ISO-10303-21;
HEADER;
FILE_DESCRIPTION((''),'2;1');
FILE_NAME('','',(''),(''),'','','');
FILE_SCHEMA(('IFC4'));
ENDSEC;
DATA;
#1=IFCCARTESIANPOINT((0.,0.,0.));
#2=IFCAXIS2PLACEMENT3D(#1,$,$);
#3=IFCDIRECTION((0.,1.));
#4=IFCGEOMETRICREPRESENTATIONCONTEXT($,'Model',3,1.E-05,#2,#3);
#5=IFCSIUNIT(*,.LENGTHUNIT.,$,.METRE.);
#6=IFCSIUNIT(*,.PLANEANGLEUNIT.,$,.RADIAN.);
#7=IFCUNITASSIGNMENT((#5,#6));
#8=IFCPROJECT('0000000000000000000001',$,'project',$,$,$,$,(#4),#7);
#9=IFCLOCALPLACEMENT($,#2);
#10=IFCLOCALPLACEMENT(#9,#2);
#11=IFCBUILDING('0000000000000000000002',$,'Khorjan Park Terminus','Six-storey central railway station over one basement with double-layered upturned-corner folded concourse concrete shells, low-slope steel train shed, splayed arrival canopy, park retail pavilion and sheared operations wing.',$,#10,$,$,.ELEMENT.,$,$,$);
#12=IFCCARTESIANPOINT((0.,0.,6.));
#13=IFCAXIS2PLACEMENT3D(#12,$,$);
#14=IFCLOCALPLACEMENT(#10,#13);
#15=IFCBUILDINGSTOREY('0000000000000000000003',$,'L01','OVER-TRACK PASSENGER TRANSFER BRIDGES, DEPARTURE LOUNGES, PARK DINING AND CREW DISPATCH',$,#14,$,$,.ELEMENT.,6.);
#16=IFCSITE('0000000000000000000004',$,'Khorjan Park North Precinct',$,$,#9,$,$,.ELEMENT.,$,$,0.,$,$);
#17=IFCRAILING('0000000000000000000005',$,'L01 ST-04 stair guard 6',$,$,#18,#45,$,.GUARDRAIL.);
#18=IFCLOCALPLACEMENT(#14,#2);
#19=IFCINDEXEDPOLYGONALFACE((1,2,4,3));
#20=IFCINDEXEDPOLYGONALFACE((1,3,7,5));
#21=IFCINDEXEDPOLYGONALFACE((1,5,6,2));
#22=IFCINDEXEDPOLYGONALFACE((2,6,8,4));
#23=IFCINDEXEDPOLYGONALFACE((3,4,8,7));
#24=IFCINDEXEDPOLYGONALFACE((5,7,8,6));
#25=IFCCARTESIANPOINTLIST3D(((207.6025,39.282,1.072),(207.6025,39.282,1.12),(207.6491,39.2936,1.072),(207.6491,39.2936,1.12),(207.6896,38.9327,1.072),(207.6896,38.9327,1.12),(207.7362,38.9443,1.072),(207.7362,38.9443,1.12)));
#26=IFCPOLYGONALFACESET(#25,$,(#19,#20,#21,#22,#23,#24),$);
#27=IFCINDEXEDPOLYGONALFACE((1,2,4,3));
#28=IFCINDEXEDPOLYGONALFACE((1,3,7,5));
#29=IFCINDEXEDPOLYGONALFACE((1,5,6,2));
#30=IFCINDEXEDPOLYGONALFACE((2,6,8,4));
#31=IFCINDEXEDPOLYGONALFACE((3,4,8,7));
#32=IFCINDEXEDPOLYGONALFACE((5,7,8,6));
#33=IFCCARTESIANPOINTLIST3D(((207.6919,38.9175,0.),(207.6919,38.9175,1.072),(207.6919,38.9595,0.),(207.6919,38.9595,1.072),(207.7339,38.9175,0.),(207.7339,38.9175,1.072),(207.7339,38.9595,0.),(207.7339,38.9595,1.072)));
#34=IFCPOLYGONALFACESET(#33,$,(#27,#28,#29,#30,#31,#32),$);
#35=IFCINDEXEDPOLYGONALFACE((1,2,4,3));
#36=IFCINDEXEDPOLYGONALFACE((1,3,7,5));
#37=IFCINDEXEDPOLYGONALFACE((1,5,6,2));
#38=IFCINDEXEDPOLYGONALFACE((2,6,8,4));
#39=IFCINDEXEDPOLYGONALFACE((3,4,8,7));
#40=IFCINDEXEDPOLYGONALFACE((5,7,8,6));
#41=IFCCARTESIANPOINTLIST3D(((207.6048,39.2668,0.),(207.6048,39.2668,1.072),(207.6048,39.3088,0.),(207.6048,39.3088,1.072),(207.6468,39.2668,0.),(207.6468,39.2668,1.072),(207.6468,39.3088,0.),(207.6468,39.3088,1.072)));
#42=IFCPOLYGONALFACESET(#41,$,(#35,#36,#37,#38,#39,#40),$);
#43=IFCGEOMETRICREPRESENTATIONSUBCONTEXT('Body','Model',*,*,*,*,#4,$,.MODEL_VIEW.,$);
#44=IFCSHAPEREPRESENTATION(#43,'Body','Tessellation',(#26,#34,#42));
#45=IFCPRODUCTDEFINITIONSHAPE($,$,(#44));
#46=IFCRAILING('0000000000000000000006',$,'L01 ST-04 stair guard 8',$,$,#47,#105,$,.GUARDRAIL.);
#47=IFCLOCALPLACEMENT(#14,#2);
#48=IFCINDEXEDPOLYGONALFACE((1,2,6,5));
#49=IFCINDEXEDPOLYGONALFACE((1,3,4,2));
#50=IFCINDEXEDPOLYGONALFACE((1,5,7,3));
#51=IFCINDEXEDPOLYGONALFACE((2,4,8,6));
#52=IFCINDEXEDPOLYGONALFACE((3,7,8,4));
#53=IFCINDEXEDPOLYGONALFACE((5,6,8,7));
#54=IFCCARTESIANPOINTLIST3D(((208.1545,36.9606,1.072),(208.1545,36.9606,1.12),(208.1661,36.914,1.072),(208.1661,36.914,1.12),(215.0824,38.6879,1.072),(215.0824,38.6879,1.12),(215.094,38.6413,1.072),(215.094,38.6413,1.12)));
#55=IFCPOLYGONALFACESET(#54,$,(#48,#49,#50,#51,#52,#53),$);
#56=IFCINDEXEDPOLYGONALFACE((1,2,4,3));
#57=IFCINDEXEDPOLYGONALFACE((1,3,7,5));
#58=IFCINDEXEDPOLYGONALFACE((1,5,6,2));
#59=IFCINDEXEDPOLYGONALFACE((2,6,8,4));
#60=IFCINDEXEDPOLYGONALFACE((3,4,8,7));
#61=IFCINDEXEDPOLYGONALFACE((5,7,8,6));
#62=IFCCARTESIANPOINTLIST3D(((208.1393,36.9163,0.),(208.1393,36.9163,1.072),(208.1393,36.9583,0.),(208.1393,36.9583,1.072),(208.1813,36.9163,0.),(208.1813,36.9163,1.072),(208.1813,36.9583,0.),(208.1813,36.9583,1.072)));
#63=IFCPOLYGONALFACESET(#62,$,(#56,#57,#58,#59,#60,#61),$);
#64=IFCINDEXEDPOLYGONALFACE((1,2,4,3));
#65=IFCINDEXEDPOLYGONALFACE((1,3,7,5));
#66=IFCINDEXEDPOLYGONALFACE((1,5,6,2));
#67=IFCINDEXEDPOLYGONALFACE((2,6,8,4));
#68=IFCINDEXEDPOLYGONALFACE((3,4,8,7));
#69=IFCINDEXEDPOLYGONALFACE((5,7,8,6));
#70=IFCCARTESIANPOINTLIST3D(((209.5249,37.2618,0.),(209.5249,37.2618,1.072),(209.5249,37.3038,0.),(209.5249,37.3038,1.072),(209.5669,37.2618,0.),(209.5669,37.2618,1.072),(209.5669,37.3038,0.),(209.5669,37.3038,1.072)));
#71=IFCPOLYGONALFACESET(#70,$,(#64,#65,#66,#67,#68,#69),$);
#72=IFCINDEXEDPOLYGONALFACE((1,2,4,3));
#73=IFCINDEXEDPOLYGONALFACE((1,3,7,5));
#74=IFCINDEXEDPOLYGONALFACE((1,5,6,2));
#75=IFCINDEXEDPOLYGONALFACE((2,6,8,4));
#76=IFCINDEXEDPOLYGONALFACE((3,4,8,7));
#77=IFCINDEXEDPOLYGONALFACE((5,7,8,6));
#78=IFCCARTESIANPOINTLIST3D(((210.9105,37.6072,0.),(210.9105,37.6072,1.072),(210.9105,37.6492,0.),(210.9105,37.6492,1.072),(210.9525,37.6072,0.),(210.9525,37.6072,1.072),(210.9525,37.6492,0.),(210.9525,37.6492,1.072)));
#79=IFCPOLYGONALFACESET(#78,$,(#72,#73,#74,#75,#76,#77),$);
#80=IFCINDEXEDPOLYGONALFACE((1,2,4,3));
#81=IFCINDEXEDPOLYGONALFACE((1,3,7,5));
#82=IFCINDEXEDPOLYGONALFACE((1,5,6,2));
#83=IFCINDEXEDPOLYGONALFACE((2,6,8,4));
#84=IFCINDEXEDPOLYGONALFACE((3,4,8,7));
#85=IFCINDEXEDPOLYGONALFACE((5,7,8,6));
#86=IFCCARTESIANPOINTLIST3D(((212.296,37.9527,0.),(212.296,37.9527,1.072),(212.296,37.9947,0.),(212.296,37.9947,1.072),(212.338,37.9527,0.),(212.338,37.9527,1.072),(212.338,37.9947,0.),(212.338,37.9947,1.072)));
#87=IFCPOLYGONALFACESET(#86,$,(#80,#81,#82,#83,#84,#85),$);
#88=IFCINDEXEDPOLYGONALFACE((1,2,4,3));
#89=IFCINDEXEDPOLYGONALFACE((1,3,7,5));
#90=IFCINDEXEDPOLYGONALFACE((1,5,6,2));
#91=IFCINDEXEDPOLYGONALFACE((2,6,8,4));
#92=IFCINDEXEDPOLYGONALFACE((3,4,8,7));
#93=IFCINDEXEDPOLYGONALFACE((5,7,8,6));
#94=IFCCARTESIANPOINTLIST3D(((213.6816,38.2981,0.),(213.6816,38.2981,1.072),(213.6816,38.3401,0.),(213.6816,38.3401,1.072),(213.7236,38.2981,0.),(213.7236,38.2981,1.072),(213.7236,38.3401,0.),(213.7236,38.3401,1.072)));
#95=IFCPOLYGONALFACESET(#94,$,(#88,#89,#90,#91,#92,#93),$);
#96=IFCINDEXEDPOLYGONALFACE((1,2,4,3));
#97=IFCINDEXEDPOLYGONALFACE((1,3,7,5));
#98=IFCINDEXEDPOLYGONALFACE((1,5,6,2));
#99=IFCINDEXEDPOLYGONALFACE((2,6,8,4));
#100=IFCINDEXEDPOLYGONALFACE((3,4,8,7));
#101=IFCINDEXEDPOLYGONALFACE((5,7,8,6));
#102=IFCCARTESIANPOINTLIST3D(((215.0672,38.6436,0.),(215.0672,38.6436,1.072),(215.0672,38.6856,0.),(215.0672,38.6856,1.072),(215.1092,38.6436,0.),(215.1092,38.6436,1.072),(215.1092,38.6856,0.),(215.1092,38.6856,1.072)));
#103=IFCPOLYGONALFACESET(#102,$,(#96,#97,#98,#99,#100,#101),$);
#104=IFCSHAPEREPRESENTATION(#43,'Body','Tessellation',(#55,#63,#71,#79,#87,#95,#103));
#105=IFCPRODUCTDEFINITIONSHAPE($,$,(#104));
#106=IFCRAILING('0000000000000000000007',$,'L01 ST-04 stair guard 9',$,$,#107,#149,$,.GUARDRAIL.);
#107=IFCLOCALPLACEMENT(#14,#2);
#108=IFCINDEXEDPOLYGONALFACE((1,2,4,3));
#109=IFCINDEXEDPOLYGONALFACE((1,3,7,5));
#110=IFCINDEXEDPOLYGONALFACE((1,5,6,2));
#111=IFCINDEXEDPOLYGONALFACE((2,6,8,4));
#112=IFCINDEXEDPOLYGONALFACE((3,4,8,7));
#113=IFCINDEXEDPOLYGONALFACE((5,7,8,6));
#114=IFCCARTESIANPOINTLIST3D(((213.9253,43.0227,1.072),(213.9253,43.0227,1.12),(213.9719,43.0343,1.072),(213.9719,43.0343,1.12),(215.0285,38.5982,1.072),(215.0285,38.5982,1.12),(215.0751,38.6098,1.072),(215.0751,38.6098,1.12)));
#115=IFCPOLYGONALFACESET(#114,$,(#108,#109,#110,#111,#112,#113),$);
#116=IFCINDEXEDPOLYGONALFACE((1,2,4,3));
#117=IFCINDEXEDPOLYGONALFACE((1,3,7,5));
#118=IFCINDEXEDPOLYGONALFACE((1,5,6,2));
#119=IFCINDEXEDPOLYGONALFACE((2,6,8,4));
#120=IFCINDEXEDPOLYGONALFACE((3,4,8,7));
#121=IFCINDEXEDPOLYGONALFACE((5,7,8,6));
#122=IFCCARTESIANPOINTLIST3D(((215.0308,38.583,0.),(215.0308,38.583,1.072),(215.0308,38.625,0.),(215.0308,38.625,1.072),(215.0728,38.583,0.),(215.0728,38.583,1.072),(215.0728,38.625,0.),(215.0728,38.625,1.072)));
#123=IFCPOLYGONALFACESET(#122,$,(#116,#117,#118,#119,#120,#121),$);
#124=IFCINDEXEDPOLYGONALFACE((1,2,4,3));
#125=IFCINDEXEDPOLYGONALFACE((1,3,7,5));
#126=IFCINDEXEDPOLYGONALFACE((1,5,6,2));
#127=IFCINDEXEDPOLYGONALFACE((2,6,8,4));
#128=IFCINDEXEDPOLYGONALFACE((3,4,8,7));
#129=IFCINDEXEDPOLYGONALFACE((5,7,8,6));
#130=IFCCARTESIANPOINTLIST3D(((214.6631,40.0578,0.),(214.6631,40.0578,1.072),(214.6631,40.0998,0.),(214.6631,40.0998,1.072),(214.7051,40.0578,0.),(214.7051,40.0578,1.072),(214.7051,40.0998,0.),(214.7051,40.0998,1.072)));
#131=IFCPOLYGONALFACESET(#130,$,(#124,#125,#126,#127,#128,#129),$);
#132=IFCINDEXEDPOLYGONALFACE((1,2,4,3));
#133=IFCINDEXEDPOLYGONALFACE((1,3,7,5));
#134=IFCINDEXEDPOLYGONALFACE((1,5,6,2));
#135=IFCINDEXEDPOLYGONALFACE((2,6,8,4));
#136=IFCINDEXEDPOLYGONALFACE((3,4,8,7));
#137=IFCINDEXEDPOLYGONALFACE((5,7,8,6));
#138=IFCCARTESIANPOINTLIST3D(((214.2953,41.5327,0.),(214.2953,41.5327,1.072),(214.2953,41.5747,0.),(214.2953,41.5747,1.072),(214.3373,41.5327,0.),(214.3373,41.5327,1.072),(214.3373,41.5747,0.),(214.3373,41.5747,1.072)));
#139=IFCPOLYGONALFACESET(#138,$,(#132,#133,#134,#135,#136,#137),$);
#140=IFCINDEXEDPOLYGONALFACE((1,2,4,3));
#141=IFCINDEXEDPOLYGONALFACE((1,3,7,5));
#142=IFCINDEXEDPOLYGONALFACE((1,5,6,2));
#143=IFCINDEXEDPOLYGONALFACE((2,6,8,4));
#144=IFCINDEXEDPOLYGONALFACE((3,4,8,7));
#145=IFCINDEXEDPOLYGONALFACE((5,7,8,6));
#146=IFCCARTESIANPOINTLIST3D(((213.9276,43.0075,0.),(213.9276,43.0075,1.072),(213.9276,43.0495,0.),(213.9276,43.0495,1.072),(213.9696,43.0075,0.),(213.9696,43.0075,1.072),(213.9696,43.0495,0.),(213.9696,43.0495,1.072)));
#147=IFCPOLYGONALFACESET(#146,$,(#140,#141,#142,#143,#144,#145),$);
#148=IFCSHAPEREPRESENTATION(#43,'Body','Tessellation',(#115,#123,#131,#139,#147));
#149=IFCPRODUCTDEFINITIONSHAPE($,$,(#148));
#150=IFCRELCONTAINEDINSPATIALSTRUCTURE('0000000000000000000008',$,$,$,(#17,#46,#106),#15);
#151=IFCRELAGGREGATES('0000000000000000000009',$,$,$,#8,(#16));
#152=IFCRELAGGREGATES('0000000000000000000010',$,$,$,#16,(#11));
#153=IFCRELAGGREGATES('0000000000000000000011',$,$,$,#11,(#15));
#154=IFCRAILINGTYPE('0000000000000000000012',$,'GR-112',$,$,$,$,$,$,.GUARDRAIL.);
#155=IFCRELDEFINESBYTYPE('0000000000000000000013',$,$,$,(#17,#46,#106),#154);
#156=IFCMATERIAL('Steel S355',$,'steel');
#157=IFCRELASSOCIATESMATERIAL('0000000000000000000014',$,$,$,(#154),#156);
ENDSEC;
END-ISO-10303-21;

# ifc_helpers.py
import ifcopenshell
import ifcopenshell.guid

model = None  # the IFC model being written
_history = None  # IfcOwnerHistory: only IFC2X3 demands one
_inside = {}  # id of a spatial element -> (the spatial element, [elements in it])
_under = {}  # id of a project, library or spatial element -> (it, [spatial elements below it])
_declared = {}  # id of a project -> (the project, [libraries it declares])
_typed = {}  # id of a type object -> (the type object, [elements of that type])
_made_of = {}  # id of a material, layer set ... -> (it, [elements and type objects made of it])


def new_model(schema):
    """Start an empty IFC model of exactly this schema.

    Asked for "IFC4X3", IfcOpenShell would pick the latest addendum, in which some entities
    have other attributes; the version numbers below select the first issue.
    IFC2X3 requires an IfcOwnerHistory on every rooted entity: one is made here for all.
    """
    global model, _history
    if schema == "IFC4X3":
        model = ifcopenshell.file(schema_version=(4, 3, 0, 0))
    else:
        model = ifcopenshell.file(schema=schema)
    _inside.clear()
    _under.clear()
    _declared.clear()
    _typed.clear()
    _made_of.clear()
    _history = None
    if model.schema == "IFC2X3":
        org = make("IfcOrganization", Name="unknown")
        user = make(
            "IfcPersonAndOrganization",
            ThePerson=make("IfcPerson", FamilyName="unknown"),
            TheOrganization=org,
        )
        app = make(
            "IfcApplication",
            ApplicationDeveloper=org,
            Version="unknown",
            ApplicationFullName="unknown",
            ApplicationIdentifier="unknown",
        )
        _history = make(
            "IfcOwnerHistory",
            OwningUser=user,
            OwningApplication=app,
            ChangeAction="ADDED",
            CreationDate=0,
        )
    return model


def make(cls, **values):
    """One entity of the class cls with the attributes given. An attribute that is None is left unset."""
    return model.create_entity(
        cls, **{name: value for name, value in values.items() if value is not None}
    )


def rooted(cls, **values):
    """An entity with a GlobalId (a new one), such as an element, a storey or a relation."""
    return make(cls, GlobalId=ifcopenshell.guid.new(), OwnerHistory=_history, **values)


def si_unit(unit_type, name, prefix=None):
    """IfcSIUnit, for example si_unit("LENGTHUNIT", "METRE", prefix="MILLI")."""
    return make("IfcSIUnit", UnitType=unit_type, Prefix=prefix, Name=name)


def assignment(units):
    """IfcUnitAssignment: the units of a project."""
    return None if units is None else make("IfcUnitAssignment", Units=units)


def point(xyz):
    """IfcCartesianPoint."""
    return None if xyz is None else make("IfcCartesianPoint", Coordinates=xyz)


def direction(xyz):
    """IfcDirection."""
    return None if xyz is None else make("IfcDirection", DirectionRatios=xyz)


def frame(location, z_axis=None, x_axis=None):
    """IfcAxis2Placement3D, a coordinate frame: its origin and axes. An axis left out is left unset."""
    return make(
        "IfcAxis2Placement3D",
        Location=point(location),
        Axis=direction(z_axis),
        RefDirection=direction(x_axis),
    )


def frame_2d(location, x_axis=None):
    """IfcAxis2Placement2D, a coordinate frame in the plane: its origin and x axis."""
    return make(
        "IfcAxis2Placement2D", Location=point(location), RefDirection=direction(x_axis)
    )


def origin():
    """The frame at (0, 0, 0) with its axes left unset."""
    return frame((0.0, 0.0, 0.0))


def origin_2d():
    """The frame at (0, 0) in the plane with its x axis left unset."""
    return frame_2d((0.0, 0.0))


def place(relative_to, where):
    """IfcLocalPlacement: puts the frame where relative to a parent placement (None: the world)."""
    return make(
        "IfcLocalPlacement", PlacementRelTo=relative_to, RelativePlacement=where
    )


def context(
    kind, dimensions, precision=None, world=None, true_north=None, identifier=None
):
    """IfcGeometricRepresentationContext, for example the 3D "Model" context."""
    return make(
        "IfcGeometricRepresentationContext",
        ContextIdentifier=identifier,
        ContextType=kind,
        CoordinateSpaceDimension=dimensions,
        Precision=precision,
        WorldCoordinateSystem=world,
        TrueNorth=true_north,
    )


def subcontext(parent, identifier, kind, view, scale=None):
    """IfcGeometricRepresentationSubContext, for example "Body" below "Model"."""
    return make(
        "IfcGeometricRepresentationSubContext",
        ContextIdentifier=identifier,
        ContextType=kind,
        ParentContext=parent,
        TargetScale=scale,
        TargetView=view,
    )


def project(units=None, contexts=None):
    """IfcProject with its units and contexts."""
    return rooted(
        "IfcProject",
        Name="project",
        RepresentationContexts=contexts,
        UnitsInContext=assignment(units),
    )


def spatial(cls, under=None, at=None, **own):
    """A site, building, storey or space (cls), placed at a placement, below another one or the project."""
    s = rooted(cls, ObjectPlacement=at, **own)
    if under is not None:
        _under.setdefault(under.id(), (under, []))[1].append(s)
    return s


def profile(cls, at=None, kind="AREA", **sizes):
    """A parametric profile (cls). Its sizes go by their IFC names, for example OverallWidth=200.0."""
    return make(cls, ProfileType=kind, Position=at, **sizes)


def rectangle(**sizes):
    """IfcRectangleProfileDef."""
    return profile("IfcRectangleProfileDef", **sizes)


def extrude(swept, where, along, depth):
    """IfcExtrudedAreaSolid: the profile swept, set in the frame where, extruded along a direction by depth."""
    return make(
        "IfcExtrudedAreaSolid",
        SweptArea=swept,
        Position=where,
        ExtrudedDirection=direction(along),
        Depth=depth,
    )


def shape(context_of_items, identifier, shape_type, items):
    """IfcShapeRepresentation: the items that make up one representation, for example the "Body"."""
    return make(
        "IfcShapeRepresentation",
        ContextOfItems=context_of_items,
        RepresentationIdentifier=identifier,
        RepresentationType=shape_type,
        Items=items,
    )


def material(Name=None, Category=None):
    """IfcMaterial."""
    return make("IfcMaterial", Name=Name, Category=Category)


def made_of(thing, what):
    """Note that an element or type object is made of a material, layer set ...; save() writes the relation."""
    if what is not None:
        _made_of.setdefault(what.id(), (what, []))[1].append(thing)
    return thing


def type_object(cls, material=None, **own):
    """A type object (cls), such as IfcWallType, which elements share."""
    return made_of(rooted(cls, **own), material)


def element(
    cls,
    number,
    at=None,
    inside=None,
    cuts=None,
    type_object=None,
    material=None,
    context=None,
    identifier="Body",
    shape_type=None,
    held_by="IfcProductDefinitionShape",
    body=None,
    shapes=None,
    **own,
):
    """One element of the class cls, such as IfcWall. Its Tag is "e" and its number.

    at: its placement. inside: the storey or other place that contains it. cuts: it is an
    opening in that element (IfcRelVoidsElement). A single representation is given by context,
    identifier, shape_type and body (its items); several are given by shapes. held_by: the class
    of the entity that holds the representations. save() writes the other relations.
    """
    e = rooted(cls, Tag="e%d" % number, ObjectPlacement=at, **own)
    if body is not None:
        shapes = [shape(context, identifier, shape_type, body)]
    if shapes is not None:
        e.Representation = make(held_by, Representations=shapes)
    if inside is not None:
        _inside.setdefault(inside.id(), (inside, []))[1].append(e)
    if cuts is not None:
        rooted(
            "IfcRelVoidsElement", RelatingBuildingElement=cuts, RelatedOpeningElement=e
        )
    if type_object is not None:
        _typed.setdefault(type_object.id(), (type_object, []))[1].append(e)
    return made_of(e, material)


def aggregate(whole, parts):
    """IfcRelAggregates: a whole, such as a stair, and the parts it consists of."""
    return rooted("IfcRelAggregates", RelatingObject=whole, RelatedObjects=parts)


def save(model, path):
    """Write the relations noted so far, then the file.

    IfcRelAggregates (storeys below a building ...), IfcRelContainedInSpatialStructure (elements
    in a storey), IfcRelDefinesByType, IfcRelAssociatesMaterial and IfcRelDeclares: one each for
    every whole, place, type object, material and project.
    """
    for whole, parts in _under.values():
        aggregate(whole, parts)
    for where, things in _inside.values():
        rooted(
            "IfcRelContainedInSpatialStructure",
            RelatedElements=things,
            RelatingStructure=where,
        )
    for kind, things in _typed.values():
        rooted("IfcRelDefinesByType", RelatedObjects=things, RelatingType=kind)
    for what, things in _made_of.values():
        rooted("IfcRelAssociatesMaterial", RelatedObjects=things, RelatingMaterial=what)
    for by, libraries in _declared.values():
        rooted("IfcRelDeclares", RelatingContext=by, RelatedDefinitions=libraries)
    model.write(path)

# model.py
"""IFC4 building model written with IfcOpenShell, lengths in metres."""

from ifc_helpers import new_model, si_unit, direction, frame, origin, origin_2d, place, context, subcontext, project, spatial, rectangle, extrude, material, type_object, element, save


model = new_model("IFC4")

# Units and contexts
model_context = context("Model", 3, precision=1e-05, world=origin(), true_north=direction((0.0, 1.0)))
body_context = subcontext(model_context, "Body", "Model", "MODEL_VIEW")
ifc_project = project(units=[si_unit("LENGTHUNIT", "METRE"), si_unit("PLANEANGLEUNIT", "RADIAN")], contexts=[model_context])

# Site, building, storey
site_placement = place(None, origin())
site = spatial("IfcSite", under=ifc_project, at=site_placement, Name="Khorjan Park North Precinct", CompositionType="ELEMENT", RefElevation=0.0)
building_placement = place(site_placement, origin())
building = spatial("IfcBuilding", under=site, at=building_placement, Name="Khorjan Park Terminus", Description="Six-storey central railway station over one basement with double-layered upturned-corner folded concourse concrete shells, low-slope steel train shed, splayed arrival canopy, park retail pavilion and sheared operations wing.", CompositionType="ELEMENT")
storey_placement = place(building_placement, frame((0.0, 0.0, 6.0)))
storey = spatial("IfcBuildingStorey", under=building, at=storey_placement, Name="L01", Description="OVER-TRACK PASSENGER TRANSFER BRIDGES, DEPARTURE LOUNGES, PARK DINING AND CREW DISPATCH", CompositionType="ELEMENT", Elevation=6.0)

# Shared definitions
ifc_material_1 = material(Name="Steel S355", Category="steel")

# Railings
railing_type_1 = type_object("IfcRailingType", Name="GR-112", PredefinedType="GUARDRAIL", material=ifc_material_1)
railing_1_placement = place(storey_placement, frame((207.7129, 38.9385, 0.0)))
element("IfcRailing", 1, at=railing_1_placement, inside=storey, type_object=railing_type_1, Name="L01 ST-04 stair guard 6", PredefinedType="GUARDRAIL", context=body_context, shape_type="SweptSolid", body=[
    extrude(rectangle(XDim=0.048, YDim=0.048, at=origin_2d()), frame((0.0, 0.0, 1.096), z_axis=(-0.241947, 0.970289, 0.0), x_axis=(-0.970289, -0.241947, 0.0)), (0.0, 0.0, 1.0), 0.36),
    extrude(rectangle(XDim=0.042, YDim=0.042, at=origin_2d()), origin(), (0.0, 0.0, 1.0), 1.072),
    extrude(rectangle(XDim=0.042, YDim=0.042, at=origin_2d()), frame((-0.0871, 0.3493, 0.0)), (0.0, 0.0, 1.0), 1.072),
])
railing_2_placement = place(storey_placement, frame((208.1603, 36.9373, 0.0)))
element("IfcRailing", 2, at=railing_2_placement, inside=storey, type_object=railing_type_1, Name="L01 ST-04 stair guard 8", PredefinedType="GUARDRAIL", context=body_context, shape_type="SweptSolid", body=[
    extrude(rectangle(XDim=0.048, YDim=0.048, at=origin_2d()), frame((0.0, 0.0, 1.096), z_axis=(0.970296, 0.241919, 0.0), x_axis=(-0.241919, 0.970296, 0.0)), (0.0, 0.0, 1.0), 7.14),
    extrude(rectangle(XDim=0.042, YDim=0.042, at=origin_2d()), origin(), (0.0, 0.0, 1.0), 1.072),
    extrude(rectangle(XDim=0.042, YDim=0.042, at=origin_2d()), frame((1.3856, 0.3455, 0.0)), (0.0, 0.0, 1.0), 1.072),
    extrude(rectangle(XDim=0.042, YDim=0.042, at=origin_2d()), frame((2.7712, 0.6909, 0.0)), (0.0, 0.0, 1.0), 1.072),
    extrude(rectangle(XDim=0.042, YDim=0.042, at=origin_2d()), frame((4.1567, 1.0364, 0.0)), (0.0, 0.0, 1.0), 1.072),
    extrude(rectangle(XDim=0.042, YDim=0.042, at=origin_2d()), frame((5.5423, 1.3818, 0.0)), (0.0, 0.0, 1.0), 1.072),
    extrude(rectangle(XDim=0.042, YDim=0.042, at=origin_2d()), frame((6.9279, 1.7273, 0.0)), (0.0, 0.0, 1.0), 1.072),
])
railing_3_placement = place(storey_placement, frame((215.0518, 38.604, 0.0)))
element("IfcRailing", 3, at=railing_3_placement, inside=storey, type_object=railing_type_1, Name="L01 ST-04 stair guard 9", PredefinedType="GUARDRAIL", context=body_context, shape_type="SweptSolid", body=[
    extrude(rectangle(XDim=0.048, YDim=0.048, at=origin_2d()), frame((0.0, 0.0, 1.096), z_axis=(-0.241932, 0.970293, 0.0), x_axis=(-0.970293, -0.241932, 0.0)), (0.0, 0.0, 1.0), 4.56),
    extrude(rectangle(XDim=0.042, YDim=0.042, at=origin_2d()), origin(), (0.0, 0.0, 1.0), 1.072),
    extrude(rectangle(XDim=0.042, YDim=0.042, at=origin_2d()), frame((-0.3677, 1.4748, 0.0)), (0.0, 0.0, 1.0), 1.072),
    extrude(rectangle(XDim=0.042, YDim=0.042, at=origin_2d()), frame((-0.7355, 2.9497, 0.0)), (0.0, 0.0, 1.0), 1.072),
    extrude(rectangle(XDim=0.042, YDim=0.042, at=origin_2d()), frame((-1.1032, 4.4245, 0.0)), (0.0, 0.0, 1.0), 1.072),
])

save(model, "model.ifc")
